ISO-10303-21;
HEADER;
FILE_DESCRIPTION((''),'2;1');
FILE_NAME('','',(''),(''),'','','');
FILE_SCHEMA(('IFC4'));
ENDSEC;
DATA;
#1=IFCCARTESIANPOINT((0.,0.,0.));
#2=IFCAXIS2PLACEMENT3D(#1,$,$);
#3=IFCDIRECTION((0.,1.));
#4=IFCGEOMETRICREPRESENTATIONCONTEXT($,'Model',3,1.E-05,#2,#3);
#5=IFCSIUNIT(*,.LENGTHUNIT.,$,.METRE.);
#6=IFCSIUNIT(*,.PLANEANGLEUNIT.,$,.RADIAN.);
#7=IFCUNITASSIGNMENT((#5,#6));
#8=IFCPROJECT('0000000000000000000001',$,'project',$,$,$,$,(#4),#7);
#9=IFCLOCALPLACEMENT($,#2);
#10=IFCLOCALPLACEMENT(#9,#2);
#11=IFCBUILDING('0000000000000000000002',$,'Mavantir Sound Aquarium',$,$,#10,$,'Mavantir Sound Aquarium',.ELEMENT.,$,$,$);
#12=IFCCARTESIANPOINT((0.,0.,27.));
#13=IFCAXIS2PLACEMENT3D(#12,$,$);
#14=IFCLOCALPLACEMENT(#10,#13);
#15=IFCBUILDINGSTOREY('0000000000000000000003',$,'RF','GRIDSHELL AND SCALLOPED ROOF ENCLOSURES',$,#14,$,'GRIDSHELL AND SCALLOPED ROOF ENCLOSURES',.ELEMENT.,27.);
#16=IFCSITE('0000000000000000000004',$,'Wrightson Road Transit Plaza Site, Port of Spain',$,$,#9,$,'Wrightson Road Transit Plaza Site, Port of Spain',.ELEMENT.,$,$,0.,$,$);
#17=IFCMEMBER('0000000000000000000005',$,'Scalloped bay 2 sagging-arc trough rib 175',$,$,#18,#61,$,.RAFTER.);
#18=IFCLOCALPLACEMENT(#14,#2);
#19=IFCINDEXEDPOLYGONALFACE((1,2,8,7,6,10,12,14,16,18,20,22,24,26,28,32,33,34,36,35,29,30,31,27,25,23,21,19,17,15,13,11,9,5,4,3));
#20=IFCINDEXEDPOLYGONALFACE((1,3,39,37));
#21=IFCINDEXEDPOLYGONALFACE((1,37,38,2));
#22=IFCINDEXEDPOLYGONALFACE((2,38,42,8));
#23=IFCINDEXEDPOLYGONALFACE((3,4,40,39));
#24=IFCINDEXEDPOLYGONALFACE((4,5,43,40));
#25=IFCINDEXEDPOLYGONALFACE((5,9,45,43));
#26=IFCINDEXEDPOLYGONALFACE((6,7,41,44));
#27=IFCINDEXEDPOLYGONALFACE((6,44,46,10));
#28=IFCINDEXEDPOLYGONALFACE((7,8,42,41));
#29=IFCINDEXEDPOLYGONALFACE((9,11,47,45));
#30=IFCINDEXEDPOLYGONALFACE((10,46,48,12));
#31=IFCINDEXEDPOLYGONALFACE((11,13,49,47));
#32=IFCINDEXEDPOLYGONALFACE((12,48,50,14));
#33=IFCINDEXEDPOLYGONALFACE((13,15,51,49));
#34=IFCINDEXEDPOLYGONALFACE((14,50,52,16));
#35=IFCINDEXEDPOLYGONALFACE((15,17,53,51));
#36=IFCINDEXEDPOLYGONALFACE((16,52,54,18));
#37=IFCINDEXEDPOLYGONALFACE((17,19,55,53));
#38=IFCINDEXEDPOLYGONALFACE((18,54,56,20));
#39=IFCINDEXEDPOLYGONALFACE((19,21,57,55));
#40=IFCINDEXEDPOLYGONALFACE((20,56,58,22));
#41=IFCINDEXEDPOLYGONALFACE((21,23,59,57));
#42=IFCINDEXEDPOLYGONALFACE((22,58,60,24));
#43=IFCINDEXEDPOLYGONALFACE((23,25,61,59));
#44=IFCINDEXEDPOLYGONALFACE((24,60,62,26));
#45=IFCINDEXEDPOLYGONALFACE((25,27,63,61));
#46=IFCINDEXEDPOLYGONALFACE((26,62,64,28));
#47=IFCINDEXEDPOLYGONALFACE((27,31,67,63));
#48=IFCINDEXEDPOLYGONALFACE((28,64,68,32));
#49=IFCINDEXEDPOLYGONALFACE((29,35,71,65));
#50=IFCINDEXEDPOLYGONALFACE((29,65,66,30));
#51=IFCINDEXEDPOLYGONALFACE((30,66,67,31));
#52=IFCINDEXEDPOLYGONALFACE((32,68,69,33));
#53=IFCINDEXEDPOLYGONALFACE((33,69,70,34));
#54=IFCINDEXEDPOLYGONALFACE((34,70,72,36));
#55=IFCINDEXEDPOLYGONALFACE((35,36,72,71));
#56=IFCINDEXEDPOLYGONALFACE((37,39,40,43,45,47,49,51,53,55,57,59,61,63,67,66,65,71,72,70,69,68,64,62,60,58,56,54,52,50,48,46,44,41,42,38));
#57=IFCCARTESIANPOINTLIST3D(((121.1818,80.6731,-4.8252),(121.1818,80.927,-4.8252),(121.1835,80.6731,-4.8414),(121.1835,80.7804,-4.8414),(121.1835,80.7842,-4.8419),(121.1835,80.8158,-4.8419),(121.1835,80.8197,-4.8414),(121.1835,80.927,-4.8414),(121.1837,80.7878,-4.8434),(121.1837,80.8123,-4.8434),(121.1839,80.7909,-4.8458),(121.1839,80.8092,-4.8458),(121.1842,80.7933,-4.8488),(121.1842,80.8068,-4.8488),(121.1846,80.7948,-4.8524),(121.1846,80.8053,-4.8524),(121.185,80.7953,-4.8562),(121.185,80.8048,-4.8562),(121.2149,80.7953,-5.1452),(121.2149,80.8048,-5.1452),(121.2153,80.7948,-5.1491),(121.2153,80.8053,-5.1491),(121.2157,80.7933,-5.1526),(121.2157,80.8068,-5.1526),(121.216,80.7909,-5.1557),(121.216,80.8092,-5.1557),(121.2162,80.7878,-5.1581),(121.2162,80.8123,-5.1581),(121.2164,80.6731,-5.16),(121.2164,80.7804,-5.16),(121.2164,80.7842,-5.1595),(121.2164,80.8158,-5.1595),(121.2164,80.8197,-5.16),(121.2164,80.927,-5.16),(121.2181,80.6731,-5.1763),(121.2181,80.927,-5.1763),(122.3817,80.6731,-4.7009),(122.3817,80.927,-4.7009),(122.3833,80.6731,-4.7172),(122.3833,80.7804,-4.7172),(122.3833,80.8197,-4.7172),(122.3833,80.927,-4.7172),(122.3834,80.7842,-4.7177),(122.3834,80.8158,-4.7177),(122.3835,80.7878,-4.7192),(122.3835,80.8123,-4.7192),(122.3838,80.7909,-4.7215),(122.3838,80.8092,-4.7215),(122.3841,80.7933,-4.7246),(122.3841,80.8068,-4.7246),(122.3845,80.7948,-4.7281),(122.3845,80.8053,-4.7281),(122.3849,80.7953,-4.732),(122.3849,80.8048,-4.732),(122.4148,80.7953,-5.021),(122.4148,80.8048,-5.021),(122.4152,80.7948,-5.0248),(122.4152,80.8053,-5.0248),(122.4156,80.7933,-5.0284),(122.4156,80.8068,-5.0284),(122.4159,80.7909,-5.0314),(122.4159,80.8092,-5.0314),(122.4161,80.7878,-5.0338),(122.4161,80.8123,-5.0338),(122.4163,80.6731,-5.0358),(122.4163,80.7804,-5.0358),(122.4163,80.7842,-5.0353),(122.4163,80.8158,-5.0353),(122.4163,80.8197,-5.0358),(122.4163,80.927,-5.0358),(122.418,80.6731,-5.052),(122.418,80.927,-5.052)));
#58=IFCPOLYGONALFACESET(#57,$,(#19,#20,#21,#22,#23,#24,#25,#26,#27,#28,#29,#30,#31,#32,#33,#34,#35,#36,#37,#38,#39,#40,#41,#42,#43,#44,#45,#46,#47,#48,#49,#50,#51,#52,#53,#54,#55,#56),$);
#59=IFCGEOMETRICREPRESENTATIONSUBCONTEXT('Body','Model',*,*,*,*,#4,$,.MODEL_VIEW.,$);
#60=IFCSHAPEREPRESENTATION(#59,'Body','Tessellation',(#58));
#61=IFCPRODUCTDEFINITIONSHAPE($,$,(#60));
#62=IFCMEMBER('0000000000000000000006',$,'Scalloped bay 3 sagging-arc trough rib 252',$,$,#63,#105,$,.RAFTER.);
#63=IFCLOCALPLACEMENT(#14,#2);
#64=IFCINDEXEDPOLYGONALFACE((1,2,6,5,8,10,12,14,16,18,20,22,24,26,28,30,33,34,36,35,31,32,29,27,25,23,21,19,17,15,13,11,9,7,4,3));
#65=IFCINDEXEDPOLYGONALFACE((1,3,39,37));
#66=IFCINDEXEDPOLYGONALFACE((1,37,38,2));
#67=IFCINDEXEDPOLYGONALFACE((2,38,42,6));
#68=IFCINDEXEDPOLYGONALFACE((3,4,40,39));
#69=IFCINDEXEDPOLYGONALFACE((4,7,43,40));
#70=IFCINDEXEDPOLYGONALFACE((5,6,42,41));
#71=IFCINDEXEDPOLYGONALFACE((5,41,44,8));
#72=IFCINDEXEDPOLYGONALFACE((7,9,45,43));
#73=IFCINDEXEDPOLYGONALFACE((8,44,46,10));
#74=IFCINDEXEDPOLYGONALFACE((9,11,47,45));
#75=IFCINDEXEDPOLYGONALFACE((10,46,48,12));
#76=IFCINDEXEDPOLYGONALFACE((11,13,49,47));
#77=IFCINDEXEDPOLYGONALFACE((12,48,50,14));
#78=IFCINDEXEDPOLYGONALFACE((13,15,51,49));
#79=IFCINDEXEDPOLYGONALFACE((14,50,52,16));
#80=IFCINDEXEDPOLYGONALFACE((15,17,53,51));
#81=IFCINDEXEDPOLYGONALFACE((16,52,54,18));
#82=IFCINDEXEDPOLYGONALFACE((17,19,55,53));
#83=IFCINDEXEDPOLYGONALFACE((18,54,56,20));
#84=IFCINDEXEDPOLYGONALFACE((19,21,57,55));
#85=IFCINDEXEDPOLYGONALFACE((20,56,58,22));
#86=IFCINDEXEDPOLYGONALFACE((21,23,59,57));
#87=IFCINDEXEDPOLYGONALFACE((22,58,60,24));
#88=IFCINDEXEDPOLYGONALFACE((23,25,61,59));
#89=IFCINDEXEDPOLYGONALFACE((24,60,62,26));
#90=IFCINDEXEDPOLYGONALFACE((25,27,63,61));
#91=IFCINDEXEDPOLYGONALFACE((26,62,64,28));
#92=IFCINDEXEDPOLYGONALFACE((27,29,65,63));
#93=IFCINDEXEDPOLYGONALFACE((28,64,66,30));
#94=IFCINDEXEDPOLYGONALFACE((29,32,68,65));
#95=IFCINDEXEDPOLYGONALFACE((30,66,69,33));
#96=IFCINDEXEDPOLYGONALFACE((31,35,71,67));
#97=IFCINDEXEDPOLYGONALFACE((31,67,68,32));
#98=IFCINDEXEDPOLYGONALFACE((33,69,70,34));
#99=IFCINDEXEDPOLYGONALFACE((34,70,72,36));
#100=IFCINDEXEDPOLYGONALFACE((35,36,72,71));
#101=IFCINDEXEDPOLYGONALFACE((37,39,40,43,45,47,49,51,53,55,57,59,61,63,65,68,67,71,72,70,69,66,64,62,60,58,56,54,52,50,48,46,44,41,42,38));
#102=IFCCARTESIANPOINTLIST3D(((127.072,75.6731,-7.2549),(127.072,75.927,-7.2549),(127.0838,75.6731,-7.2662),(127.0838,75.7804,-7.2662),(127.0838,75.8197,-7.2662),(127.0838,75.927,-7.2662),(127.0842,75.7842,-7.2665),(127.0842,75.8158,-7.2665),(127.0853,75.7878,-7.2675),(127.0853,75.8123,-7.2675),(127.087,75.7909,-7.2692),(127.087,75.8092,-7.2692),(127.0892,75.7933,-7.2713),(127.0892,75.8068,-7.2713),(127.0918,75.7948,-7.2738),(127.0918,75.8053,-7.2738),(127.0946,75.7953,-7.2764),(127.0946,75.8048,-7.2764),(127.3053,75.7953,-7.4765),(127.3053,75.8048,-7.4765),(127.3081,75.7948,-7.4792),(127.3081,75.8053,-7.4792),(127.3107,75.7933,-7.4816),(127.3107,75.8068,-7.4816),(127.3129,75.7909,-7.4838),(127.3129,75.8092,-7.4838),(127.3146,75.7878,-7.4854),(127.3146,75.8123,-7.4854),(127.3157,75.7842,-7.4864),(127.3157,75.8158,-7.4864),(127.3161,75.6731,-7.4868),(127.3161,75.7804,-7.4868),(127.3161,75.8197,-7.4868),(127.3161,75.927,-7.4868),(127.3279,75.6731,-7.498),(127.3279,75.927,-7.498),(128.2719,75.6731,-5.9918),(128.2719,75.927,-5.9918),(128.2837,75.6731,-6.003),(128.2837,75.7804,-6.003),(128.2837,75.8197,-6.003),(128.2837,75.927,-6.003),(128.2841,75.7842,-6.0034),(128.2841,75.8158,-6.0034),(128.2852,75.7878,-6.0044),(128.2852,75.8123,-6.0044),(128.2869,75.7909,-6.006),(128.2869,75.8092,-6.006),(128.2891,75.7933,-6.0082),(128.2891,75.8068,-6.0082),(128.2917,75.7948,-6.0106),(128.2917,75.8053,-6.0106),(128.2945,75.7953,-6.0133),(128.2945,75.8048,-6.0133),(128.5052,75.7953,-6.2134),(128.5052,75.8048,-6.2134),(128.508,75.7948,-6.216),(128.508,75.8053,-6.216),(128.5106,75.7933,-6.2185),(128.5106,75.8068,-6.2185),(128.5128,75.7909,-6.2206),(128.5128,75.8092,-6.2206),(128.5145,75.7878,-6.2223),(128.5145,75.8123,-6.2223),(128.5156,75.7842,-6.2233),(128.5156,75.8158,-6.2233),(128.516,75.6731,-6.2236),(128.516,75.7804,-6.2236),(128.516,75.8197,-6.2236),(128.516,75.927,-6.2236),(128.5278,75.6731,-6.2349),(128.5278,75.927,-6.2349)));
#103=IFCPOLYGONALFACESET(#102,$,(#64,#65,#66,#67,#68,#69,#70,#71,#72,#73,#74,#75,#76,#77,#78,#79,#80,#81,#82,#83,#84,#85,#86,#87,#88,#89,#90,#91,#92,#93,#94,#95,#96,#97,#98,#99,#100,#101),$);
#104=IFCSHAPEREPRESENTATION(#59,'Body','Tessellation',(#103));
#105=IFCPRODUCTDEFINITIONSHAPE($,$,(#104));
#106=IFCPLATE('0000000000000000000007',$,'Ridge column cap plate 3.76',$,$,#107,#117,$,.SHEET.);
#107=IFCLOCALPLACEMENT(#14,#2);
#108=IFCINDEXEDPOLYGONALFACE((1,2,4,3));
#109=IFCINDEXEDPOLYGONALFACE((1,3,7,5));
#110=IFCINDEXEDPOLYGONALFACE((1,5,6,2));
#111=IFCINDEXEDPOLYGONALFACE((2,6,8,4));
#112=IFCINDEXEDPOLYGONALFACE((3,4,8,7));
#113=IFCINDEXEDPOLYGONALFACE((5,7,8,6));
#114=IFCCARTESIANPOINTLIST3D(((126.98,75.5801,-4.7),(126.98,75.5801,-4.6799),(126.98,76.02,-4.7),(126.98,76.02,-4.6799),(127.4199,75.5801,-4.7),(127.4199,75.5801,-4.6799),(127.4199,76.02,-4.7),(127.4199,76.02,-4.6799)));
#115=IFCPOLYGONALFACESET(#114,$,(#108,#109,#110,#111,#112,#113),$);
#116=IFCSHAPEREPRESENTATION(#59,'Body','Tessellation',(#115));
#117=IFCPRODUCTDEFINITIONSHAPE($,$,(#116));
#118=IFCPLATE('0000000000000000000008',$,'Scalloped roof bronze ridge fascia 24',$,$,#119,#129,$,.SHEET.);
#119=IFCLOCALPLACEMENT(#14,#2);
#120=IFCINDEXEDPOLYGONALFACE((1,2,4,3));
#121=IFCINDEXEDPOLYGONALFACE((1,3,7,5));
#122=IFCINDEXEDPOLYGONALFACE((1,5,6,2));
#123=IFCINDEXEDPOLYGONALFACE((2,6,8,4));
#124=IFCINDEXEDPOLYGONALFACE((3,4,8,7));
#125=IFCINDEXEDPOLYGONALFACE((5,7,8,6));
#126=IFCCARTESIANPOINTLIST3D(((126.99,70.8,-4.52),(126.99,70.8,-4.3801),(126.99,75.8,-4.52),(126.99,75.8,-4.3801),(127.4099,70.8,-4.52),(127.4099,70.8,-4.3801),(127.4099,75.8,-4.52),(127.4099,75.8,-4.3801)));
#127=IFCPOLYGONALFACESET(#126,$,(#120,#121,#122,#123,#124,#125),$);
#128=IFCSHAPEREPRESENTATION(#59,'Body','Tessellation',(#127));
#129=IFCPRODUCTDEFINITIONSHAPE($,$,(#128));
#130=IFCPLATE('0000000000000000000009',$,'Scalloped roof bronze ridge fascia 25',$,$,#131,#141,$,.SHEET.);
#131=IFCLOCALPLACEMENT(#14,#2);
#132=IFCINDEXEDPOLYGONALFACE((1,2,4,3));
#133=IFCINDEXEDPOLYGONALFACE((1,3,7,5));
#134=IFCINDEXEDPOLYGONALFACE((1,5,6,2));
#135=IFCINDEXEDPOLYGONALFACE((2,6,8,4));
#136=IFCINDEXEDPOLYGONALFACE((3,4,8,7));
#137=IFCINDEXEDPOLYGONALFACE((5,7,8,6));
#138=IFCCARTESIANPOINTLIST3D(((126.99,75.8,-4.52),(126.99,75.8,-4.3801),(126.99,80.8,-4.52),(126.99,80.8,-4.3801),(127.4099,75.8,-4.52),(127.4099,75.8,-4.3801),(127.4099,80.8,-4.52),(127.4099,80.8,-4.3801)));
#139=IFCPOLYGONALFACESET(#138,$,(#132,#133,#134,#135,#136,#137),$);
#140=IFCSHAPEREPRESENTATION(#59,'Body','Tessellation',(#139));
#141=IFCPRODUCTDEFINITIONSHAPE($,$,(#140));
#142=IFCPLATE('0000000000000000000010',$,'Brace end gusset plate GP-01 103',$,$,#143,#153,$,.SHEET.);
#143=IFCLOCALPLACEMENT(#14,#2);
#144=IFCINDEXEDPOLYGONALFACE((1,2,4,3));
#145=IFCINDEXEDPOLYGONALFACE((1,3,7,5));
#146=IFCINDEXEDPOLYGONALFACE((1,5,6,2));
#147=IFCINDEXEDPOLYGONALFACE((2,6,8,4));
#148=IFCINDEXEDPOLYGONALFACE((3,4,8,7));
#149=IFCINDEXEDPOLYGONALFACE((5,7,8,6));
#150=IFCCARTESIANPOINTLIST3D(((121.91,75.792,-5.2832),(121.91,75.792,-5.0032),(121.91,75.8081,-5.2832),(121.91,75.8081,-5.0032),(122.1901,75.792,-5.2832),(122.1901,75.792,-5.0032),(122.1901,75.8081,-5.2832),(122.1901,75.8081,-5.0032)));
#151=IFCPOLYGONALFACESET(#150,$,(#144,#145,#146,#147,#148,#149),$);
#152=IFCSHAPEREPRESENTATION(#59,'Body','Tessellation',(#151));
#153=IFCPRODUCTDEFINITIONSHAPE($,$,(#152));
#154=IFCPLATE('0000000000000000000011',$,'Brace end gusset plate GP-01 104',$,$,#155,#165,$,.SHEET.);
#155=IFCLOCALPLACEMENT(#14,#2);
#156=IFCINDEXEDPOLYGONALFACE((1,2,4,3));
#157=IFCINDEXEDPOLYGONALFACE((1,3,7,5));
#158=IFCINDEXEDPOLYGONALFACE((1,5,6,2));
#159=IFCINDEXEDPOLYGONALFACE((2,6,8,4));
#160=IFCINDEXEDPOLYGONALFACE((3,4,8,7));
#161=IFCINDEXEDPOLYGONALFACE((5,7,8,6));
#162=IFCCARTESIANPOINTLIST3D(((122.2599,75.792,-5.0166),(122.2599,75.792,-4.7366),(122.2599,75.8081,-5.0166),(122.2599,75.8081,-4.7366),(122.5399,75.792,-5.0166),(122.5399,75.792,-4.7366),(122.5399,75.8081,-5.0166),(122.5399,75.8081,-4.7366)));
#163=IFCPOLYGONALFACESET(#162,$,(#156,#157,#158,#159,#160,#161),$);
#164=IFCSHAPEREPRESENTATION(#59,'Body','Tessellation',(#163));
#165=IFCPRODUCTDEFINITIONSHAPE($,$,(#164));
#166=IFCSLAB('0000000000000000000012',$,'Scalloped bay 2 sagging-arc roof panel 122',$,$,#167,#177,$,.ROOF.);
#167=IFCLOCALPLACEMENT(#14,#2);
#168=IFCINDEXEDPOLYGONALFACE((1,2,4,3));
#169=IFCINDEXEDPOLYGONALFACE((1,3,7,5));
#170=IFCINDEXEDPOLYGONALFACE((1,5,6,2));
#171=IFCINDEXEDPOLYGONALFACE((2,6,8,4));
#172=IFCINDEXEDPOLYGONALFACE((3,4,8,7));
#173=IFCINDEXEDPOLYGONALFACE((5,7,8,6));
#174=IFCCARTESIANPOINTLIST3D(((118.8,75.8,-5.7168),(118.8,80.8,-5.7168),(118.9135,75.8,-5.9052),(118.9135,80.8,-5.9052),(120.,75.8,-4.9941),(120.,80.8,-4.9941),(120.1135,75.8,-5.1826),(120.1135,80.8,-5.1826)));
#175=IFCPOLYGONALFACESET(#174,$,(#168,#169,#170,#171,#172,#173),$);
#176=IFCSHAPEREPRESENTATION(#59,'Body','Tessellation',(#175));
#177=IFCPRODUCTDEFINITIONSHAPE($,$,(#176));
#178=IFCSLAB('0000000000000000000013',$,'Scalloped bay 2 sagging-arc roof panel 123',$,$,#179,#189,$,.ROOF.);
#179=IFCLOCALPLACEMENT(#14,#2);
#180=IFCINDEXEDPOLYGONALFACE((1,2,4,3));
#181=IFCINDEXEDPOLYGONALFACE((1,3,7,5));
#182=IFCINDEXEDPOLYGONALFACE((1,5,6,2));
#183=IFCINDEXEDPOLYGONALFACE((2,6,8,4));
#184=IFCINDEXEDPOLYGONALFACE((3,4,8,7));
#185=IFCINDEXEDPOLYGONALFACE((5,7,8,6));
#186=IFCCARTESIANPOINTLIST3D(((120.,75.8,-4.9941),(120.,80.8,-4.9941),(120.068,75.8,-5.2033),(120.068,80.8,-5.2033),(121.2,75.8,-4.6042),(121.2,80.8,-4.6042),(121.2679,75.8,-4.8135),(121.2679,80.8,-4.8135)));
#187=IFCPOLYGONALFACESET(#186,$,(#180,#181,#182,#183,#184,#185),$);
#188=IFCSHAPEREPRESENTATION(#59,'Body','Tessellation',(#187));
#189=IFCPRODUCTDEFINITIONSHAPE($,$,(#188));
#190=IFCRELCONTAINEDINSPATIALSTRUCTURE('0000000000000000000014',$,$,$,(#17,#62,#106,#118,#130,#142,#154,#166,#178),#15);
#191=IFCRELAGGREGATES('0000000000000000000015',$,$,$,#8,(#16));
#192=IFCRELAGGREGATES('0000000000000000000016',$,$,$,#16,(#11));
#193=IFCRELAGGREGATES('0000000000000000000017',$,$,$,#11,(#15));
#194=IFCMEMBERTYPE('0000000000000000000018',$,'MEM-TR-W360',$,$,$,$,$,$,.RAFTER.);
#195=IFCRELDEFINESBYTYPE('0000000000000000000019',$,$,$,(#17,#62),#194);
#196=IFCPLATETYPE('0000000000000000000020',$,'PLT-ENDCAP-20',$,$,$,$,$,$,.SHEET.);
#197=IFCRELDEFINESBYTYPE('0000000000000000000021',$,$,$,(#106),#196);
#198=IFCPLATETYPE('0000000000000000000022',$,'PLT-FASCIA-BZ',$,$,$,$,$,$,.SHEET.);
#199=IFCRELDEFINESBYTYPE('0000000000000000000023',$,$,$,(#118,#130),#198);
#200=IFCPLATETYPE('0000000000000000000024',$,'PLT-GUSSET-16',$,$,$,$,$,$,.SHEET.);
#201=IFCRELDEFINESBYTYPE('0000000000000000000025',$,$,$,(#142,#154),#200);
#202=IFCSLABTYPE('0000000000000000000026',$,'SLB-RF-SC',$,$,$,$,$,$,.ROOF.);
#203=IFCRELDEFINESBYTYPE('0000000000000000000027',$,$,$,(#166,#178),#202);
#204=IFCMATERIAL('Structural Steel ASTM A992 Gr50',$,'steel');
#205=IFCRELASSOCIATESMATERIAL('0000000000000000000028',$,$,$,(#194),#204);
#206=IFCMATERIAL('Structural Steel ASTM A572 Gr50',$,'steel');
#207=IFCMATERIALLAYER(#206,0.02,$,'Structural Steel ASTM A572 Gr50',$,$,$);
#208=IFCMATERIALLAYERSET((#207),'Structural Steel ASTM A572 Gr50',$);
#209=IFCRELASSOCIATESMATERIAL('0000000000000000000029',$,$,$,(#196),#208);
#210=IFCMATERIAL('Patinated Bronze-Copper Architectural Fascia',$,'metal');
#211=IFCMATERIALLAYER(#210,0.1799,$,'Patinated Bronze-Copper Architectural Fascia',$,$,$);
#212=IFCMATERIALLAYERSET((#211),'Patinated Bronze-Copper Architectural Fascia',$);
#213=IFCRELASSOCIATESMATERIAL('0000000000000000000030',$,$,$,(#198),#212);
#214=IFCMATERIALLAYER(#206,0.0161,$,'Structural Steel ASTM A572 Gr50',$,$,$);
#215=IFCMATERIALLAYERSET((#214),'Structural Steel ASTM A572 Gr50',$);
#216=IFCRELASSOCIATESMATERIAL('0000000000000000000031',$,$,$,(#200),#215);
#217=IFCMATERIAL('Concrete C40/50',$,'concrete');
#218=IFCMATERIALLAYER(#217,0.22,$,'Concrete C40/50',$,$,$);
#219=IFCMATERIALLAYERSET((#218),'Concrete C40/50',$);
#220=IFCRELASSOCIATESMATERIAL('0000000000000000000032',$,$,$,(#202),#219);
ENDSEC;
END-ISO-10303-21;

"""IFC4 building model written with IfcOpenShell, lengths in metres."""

from ifc_helpers import new_model, si_unit, direction, frame, origin, origin_2d, place, context, subcontext, project, spatial, polyline, rectangle, i_section, outline, extrude, material, layer, layer_set, material_profile, profile_set, type_object, element, save


model = new_model("IFC4")

# Units and contexts
model_context = context("Model", 3, precision=1e-05, world=origin(), true_north=direction((0.0, 1.0)))
body_context = subcontext(model_context, "Body", "Model", "MODEL_VIEW")
ifc_project = project(units=[si_unit("LENGTHUNIT", "METRE"), si_unit("PLANEANGLEUNIT", "RADIAN")], contexts=[model_context])

# Site, building, storey
site_placement = place(None, origin())
site = spatial("IfcSite", under=ifc_project, at=site_placement, Name="Wrightson Road Transit Plaza Site, Port of Spain", LongName="Wrightson Road Transit Plaza Site, Port of Spain", CompositionType="ELEMENT", RefElevation=0.0)
building_placement = place(site_placement, origin())
building = spatial("IfcBuilding", under=site, at=building_placement, Name="Mavantir Sound Aquarium", LongName="Mavantir Sound Aquarium", CompositionType="ELEMENT")
storey_placement = place(building_placement, frame((0.0, 0.0, 27.0)))
storey = spatial("IfcBuildingStorey", under=building, at=storey_placement, Name="RF", Description="GRIDSHELL AND SCALLOPED ROOF ENCLOSURES", LongName="GRIDSHELL AND SCALLOPED ROOF ENCLOSURES", CompositionType="ELEMENT", Elevation=27.0)

# Shared definitions
ifc_material_1 = material(Name="Concrete C40/50", Category="concrete")

# Shared definitions
ifc_material_2 = material(Name="Structural Steel ASTM A992 Gr50", Category="steel")

# Members
ifc_material_profile_1 = material_profile(ifc_material_2, i_section(OverallWidth=0.2539, OverallDepth=0.353, WebThickness=0.0095, FlangeThickness=0.0164, FilletRadius=0.0149, at=origin_2d()), Name="W360X91")
ifc_profile_set_1 = profile_set([ifc_material_profile_1], Name="Structural Steel ASTM A992 Gr50")
member_type_1 = type_object("IfcMemberType", Name="MEM-TR-W360", PredefinedType="RAFTER", material=ifc_profile_set_1)
member_1_placement = place(storey_placement, frame((121.2, 80.8, -5.0007), z_axis=(0.99468, 0.0, 0.10301), x_axis=(0.0, 1.0, 0.0)))
element("IfcMember", 1, at=member_1_placement, inside=storey, type_object=member_type_1, Name="Scalloped bay 2 sagging-arc trough rib 175", PredefinedType="RAFTER", context=body_context, shape_type="SweptSolid", body=[
    extrude(i_section(OverallWidth=0.2539, OverallDepth=0.353, WebThickness=0.0095, FlangeThickness=0.0164, FilletRadius=0.0149, at=origin_2d()), origin(), (0.0, 0.0, 1.0), 1.2063),
])
member_2_placement = place(storey_placement, frame((127.2, 75.8, -7.3765), z_axis=(0.688727, 0.0, 0.72502), x_axis=(0.0, 1.0, 0.0)))
element("IfcMember", 2, at=member_2_placement, inside=storey, type_object=member_type_1, Name="Scalloped bay 3 sagging-arc trough rib 252", PredefinedType="RAFTER", context=body_context, shape_type="SweptSolid", body=[
    extrude(i_section(OverallWidth=0.2539, OverallDepth=0.353, WebThickness=0.0095, FlangeThickness=0.0164, FilletRadius=0.0149, at=origin_2d()), origin(), (0.0, 0.0, 1.0), 1.7422),
])

# Plates
ifc_material_3 = material(Name="Structural Steel ASTM A572 Gr50", Category="steel")
ifc_layer_1 = layer(ifc_material_3, 0.02, Name="Structural Steel ASTM A572 Gr50")
ifc_layer_set_1 = layer_set([ifc_layer_1], Name="Structural Steel ASTM A572 Gr50")
plate_type_1 = type_object("IfcPlateType", Name="PLT-ENDCAP-20", PredefinedType="SHEET", material=ifc_layer_set_1)
plate_placement = place(storey_placement, frame((127.2, 75.8, -4.7), z_axis=(0.0, 0.0, 1.0), x_axis=(1.0, 0.0, 0.0)))
element("IfcPlate", 3, at=plate_placement, inside=storey, type_object=plate_type_1, Name="Ridge column cap plate 3.76", PredefinedType="SHEET", context=body_context, shape_type="SweptSolid", body=[
    extrude(rectangle(XDim=0.4399, YDim=0.4399, at=origin_2d()), origin(), (0.0, 0.0, 1.0), 0.02),
])
ifc_material_4 = material(Name="Patinated Bronze-Copper Architectural Fascia", Category="metal")
ifc_layer_2 = layer(ifc_material_4, 0.1799, Name="Patinated Bronze-Copper Architectural Fascia")
ifc_layer_set_2 = layer_set([ifc_layer_2], Name="Patinated Bronze-Copper Architectural Fascia")
plate_type_2 = type_object("IfcPlateType", Name="PLT-FASCIA-BZ", PredefinedType="SHEET", material=ifc_layer_set_2)
for number, where, z_axis, x_axis, name in (
    (4, (127.2, 73.3, -4.52), (0.0, 0.0, 1.0), (1.0, 0.0, 0.0), "Scalloped roof bronze ridge fascia 24"),
    (5, (127.2, 78.3, -4.52), (0.0, 0.0, 1.0), (1.0, 0.0, 0.0), "Scalloped roof bronze ridge fascia 25"),
):
    element("IfcPlate", number, at=place(storey_placement, frame(where, z_axis=z_axis, x_axis=x_axis)), inside=storey, type_object=plate_type_2, Name=name, PredefinedType="SHEET", context=body_context, shape_type="SweptSolid", body=[
        extrude(rectangle(XDim=0.4199, YDim=5.0, at=origin_2d()), origin(), (0.0, 0.0, 1.0), 0.1399),
    ])
ifc_layer_3 = layer(ifc_material_3, 0.0161, Name="Structural Steel ASTM A572 Gr50")
ifc_layer_set_3 = layer_set([ifc_layer_3], Name="Structural Steel ASTM A572 Gr50")
plate_type_3 = type_object("IfcPlateType", Name="PLT-GUSSET-16", PredefinedType="SHEET", material=ifc_layer_set_3)
for number, where, z_axis, x_axis, name in (
    (6, (122.05, 75.8, -5.2832), (0.0, 0.0, 1.0), (1.0, 0.0, 0.0), "Brace end gusset plate GP-01 103"),
    (7, (122.3999, 75.8, -5.0166), (0.0, 0.0, 1.0), (1.0, 0.0, 0.0), "Brace end gusset plate GP-01 104"),
):
    element("IfcPlate", number, at=place(storey_placement, frame(where, z_axis=z_axis, x_axis=x_axis)), inside=storey, type_object=plate_type_3, Name=name, PredefinedType="SHEET", context=body_context, shape_type="SweptSolid", body=[
        extrude(rectangle(XDim=0.28, YDim=0.0161, at=origin_2d()), origin(), (0.0, 0.0, 1.0), 0.28),
    ])

# Slabs
ifc_layer_4 = layer(ifc_material_1, 0.22, Name="Concrete C40/50")
ifc_layer_set_4 = layer_set([ifc_layer_4], Name="Concrete C40/50")
slab_type = type_object("IfcSlabType", Name="SLB-RF-SC", PredefinedType="ROOF", material=ifc_layer_set_4)
slab_1_placement = place(storey_placement, frame((118.8, 75.8, -5.7168), z_axis=(-0.515905, 0.0, 0.856646), x_axis=(0.856646, 0.0, 0.515905)))
element("IfcSlab", 8, at=slab_1_placement, inside=storey, type_object=slab_type, Name="Scalloped bay 2 sagging-arc roof panel 122", PredefinedType="ROOF", context=body_context, shape_type="SweptSolid", body=[
    extrude(outline(polyline([(0.0, 0.0), (1.4008, 0.0), (1.4008, 5.0), (0.0, 5.0), (0.0, 0.0)])), origin(), (0.0, 0.0, -1.0), 0.22),
])
slab_2_placement = place(storey_placement, frame((120.0, 75.8, -4.9941), z_axis=(-0.30902, 0.0, 0.951055), x_axis=(0.951055, 0.0, 0.30902)))
element("IfcSlab", 9, at=slab_2_placement, inside=storey, type_object=slab_type, Name="Scalloped bay 2 sagging-arc roof panel 123", PredefinedType="ROOF", context=body_context, shape_type="SweptSolid", body=[
    extrude(outline(polyline([(0.0, 0.0), (1.2617, 0.0), (1.2617, 5.0), (0.0, 5.0), (0.0, 0.0)])), origin(), (0.0, 0.0, -1.0), 0.22),
])

save(model, "model.ifc")
